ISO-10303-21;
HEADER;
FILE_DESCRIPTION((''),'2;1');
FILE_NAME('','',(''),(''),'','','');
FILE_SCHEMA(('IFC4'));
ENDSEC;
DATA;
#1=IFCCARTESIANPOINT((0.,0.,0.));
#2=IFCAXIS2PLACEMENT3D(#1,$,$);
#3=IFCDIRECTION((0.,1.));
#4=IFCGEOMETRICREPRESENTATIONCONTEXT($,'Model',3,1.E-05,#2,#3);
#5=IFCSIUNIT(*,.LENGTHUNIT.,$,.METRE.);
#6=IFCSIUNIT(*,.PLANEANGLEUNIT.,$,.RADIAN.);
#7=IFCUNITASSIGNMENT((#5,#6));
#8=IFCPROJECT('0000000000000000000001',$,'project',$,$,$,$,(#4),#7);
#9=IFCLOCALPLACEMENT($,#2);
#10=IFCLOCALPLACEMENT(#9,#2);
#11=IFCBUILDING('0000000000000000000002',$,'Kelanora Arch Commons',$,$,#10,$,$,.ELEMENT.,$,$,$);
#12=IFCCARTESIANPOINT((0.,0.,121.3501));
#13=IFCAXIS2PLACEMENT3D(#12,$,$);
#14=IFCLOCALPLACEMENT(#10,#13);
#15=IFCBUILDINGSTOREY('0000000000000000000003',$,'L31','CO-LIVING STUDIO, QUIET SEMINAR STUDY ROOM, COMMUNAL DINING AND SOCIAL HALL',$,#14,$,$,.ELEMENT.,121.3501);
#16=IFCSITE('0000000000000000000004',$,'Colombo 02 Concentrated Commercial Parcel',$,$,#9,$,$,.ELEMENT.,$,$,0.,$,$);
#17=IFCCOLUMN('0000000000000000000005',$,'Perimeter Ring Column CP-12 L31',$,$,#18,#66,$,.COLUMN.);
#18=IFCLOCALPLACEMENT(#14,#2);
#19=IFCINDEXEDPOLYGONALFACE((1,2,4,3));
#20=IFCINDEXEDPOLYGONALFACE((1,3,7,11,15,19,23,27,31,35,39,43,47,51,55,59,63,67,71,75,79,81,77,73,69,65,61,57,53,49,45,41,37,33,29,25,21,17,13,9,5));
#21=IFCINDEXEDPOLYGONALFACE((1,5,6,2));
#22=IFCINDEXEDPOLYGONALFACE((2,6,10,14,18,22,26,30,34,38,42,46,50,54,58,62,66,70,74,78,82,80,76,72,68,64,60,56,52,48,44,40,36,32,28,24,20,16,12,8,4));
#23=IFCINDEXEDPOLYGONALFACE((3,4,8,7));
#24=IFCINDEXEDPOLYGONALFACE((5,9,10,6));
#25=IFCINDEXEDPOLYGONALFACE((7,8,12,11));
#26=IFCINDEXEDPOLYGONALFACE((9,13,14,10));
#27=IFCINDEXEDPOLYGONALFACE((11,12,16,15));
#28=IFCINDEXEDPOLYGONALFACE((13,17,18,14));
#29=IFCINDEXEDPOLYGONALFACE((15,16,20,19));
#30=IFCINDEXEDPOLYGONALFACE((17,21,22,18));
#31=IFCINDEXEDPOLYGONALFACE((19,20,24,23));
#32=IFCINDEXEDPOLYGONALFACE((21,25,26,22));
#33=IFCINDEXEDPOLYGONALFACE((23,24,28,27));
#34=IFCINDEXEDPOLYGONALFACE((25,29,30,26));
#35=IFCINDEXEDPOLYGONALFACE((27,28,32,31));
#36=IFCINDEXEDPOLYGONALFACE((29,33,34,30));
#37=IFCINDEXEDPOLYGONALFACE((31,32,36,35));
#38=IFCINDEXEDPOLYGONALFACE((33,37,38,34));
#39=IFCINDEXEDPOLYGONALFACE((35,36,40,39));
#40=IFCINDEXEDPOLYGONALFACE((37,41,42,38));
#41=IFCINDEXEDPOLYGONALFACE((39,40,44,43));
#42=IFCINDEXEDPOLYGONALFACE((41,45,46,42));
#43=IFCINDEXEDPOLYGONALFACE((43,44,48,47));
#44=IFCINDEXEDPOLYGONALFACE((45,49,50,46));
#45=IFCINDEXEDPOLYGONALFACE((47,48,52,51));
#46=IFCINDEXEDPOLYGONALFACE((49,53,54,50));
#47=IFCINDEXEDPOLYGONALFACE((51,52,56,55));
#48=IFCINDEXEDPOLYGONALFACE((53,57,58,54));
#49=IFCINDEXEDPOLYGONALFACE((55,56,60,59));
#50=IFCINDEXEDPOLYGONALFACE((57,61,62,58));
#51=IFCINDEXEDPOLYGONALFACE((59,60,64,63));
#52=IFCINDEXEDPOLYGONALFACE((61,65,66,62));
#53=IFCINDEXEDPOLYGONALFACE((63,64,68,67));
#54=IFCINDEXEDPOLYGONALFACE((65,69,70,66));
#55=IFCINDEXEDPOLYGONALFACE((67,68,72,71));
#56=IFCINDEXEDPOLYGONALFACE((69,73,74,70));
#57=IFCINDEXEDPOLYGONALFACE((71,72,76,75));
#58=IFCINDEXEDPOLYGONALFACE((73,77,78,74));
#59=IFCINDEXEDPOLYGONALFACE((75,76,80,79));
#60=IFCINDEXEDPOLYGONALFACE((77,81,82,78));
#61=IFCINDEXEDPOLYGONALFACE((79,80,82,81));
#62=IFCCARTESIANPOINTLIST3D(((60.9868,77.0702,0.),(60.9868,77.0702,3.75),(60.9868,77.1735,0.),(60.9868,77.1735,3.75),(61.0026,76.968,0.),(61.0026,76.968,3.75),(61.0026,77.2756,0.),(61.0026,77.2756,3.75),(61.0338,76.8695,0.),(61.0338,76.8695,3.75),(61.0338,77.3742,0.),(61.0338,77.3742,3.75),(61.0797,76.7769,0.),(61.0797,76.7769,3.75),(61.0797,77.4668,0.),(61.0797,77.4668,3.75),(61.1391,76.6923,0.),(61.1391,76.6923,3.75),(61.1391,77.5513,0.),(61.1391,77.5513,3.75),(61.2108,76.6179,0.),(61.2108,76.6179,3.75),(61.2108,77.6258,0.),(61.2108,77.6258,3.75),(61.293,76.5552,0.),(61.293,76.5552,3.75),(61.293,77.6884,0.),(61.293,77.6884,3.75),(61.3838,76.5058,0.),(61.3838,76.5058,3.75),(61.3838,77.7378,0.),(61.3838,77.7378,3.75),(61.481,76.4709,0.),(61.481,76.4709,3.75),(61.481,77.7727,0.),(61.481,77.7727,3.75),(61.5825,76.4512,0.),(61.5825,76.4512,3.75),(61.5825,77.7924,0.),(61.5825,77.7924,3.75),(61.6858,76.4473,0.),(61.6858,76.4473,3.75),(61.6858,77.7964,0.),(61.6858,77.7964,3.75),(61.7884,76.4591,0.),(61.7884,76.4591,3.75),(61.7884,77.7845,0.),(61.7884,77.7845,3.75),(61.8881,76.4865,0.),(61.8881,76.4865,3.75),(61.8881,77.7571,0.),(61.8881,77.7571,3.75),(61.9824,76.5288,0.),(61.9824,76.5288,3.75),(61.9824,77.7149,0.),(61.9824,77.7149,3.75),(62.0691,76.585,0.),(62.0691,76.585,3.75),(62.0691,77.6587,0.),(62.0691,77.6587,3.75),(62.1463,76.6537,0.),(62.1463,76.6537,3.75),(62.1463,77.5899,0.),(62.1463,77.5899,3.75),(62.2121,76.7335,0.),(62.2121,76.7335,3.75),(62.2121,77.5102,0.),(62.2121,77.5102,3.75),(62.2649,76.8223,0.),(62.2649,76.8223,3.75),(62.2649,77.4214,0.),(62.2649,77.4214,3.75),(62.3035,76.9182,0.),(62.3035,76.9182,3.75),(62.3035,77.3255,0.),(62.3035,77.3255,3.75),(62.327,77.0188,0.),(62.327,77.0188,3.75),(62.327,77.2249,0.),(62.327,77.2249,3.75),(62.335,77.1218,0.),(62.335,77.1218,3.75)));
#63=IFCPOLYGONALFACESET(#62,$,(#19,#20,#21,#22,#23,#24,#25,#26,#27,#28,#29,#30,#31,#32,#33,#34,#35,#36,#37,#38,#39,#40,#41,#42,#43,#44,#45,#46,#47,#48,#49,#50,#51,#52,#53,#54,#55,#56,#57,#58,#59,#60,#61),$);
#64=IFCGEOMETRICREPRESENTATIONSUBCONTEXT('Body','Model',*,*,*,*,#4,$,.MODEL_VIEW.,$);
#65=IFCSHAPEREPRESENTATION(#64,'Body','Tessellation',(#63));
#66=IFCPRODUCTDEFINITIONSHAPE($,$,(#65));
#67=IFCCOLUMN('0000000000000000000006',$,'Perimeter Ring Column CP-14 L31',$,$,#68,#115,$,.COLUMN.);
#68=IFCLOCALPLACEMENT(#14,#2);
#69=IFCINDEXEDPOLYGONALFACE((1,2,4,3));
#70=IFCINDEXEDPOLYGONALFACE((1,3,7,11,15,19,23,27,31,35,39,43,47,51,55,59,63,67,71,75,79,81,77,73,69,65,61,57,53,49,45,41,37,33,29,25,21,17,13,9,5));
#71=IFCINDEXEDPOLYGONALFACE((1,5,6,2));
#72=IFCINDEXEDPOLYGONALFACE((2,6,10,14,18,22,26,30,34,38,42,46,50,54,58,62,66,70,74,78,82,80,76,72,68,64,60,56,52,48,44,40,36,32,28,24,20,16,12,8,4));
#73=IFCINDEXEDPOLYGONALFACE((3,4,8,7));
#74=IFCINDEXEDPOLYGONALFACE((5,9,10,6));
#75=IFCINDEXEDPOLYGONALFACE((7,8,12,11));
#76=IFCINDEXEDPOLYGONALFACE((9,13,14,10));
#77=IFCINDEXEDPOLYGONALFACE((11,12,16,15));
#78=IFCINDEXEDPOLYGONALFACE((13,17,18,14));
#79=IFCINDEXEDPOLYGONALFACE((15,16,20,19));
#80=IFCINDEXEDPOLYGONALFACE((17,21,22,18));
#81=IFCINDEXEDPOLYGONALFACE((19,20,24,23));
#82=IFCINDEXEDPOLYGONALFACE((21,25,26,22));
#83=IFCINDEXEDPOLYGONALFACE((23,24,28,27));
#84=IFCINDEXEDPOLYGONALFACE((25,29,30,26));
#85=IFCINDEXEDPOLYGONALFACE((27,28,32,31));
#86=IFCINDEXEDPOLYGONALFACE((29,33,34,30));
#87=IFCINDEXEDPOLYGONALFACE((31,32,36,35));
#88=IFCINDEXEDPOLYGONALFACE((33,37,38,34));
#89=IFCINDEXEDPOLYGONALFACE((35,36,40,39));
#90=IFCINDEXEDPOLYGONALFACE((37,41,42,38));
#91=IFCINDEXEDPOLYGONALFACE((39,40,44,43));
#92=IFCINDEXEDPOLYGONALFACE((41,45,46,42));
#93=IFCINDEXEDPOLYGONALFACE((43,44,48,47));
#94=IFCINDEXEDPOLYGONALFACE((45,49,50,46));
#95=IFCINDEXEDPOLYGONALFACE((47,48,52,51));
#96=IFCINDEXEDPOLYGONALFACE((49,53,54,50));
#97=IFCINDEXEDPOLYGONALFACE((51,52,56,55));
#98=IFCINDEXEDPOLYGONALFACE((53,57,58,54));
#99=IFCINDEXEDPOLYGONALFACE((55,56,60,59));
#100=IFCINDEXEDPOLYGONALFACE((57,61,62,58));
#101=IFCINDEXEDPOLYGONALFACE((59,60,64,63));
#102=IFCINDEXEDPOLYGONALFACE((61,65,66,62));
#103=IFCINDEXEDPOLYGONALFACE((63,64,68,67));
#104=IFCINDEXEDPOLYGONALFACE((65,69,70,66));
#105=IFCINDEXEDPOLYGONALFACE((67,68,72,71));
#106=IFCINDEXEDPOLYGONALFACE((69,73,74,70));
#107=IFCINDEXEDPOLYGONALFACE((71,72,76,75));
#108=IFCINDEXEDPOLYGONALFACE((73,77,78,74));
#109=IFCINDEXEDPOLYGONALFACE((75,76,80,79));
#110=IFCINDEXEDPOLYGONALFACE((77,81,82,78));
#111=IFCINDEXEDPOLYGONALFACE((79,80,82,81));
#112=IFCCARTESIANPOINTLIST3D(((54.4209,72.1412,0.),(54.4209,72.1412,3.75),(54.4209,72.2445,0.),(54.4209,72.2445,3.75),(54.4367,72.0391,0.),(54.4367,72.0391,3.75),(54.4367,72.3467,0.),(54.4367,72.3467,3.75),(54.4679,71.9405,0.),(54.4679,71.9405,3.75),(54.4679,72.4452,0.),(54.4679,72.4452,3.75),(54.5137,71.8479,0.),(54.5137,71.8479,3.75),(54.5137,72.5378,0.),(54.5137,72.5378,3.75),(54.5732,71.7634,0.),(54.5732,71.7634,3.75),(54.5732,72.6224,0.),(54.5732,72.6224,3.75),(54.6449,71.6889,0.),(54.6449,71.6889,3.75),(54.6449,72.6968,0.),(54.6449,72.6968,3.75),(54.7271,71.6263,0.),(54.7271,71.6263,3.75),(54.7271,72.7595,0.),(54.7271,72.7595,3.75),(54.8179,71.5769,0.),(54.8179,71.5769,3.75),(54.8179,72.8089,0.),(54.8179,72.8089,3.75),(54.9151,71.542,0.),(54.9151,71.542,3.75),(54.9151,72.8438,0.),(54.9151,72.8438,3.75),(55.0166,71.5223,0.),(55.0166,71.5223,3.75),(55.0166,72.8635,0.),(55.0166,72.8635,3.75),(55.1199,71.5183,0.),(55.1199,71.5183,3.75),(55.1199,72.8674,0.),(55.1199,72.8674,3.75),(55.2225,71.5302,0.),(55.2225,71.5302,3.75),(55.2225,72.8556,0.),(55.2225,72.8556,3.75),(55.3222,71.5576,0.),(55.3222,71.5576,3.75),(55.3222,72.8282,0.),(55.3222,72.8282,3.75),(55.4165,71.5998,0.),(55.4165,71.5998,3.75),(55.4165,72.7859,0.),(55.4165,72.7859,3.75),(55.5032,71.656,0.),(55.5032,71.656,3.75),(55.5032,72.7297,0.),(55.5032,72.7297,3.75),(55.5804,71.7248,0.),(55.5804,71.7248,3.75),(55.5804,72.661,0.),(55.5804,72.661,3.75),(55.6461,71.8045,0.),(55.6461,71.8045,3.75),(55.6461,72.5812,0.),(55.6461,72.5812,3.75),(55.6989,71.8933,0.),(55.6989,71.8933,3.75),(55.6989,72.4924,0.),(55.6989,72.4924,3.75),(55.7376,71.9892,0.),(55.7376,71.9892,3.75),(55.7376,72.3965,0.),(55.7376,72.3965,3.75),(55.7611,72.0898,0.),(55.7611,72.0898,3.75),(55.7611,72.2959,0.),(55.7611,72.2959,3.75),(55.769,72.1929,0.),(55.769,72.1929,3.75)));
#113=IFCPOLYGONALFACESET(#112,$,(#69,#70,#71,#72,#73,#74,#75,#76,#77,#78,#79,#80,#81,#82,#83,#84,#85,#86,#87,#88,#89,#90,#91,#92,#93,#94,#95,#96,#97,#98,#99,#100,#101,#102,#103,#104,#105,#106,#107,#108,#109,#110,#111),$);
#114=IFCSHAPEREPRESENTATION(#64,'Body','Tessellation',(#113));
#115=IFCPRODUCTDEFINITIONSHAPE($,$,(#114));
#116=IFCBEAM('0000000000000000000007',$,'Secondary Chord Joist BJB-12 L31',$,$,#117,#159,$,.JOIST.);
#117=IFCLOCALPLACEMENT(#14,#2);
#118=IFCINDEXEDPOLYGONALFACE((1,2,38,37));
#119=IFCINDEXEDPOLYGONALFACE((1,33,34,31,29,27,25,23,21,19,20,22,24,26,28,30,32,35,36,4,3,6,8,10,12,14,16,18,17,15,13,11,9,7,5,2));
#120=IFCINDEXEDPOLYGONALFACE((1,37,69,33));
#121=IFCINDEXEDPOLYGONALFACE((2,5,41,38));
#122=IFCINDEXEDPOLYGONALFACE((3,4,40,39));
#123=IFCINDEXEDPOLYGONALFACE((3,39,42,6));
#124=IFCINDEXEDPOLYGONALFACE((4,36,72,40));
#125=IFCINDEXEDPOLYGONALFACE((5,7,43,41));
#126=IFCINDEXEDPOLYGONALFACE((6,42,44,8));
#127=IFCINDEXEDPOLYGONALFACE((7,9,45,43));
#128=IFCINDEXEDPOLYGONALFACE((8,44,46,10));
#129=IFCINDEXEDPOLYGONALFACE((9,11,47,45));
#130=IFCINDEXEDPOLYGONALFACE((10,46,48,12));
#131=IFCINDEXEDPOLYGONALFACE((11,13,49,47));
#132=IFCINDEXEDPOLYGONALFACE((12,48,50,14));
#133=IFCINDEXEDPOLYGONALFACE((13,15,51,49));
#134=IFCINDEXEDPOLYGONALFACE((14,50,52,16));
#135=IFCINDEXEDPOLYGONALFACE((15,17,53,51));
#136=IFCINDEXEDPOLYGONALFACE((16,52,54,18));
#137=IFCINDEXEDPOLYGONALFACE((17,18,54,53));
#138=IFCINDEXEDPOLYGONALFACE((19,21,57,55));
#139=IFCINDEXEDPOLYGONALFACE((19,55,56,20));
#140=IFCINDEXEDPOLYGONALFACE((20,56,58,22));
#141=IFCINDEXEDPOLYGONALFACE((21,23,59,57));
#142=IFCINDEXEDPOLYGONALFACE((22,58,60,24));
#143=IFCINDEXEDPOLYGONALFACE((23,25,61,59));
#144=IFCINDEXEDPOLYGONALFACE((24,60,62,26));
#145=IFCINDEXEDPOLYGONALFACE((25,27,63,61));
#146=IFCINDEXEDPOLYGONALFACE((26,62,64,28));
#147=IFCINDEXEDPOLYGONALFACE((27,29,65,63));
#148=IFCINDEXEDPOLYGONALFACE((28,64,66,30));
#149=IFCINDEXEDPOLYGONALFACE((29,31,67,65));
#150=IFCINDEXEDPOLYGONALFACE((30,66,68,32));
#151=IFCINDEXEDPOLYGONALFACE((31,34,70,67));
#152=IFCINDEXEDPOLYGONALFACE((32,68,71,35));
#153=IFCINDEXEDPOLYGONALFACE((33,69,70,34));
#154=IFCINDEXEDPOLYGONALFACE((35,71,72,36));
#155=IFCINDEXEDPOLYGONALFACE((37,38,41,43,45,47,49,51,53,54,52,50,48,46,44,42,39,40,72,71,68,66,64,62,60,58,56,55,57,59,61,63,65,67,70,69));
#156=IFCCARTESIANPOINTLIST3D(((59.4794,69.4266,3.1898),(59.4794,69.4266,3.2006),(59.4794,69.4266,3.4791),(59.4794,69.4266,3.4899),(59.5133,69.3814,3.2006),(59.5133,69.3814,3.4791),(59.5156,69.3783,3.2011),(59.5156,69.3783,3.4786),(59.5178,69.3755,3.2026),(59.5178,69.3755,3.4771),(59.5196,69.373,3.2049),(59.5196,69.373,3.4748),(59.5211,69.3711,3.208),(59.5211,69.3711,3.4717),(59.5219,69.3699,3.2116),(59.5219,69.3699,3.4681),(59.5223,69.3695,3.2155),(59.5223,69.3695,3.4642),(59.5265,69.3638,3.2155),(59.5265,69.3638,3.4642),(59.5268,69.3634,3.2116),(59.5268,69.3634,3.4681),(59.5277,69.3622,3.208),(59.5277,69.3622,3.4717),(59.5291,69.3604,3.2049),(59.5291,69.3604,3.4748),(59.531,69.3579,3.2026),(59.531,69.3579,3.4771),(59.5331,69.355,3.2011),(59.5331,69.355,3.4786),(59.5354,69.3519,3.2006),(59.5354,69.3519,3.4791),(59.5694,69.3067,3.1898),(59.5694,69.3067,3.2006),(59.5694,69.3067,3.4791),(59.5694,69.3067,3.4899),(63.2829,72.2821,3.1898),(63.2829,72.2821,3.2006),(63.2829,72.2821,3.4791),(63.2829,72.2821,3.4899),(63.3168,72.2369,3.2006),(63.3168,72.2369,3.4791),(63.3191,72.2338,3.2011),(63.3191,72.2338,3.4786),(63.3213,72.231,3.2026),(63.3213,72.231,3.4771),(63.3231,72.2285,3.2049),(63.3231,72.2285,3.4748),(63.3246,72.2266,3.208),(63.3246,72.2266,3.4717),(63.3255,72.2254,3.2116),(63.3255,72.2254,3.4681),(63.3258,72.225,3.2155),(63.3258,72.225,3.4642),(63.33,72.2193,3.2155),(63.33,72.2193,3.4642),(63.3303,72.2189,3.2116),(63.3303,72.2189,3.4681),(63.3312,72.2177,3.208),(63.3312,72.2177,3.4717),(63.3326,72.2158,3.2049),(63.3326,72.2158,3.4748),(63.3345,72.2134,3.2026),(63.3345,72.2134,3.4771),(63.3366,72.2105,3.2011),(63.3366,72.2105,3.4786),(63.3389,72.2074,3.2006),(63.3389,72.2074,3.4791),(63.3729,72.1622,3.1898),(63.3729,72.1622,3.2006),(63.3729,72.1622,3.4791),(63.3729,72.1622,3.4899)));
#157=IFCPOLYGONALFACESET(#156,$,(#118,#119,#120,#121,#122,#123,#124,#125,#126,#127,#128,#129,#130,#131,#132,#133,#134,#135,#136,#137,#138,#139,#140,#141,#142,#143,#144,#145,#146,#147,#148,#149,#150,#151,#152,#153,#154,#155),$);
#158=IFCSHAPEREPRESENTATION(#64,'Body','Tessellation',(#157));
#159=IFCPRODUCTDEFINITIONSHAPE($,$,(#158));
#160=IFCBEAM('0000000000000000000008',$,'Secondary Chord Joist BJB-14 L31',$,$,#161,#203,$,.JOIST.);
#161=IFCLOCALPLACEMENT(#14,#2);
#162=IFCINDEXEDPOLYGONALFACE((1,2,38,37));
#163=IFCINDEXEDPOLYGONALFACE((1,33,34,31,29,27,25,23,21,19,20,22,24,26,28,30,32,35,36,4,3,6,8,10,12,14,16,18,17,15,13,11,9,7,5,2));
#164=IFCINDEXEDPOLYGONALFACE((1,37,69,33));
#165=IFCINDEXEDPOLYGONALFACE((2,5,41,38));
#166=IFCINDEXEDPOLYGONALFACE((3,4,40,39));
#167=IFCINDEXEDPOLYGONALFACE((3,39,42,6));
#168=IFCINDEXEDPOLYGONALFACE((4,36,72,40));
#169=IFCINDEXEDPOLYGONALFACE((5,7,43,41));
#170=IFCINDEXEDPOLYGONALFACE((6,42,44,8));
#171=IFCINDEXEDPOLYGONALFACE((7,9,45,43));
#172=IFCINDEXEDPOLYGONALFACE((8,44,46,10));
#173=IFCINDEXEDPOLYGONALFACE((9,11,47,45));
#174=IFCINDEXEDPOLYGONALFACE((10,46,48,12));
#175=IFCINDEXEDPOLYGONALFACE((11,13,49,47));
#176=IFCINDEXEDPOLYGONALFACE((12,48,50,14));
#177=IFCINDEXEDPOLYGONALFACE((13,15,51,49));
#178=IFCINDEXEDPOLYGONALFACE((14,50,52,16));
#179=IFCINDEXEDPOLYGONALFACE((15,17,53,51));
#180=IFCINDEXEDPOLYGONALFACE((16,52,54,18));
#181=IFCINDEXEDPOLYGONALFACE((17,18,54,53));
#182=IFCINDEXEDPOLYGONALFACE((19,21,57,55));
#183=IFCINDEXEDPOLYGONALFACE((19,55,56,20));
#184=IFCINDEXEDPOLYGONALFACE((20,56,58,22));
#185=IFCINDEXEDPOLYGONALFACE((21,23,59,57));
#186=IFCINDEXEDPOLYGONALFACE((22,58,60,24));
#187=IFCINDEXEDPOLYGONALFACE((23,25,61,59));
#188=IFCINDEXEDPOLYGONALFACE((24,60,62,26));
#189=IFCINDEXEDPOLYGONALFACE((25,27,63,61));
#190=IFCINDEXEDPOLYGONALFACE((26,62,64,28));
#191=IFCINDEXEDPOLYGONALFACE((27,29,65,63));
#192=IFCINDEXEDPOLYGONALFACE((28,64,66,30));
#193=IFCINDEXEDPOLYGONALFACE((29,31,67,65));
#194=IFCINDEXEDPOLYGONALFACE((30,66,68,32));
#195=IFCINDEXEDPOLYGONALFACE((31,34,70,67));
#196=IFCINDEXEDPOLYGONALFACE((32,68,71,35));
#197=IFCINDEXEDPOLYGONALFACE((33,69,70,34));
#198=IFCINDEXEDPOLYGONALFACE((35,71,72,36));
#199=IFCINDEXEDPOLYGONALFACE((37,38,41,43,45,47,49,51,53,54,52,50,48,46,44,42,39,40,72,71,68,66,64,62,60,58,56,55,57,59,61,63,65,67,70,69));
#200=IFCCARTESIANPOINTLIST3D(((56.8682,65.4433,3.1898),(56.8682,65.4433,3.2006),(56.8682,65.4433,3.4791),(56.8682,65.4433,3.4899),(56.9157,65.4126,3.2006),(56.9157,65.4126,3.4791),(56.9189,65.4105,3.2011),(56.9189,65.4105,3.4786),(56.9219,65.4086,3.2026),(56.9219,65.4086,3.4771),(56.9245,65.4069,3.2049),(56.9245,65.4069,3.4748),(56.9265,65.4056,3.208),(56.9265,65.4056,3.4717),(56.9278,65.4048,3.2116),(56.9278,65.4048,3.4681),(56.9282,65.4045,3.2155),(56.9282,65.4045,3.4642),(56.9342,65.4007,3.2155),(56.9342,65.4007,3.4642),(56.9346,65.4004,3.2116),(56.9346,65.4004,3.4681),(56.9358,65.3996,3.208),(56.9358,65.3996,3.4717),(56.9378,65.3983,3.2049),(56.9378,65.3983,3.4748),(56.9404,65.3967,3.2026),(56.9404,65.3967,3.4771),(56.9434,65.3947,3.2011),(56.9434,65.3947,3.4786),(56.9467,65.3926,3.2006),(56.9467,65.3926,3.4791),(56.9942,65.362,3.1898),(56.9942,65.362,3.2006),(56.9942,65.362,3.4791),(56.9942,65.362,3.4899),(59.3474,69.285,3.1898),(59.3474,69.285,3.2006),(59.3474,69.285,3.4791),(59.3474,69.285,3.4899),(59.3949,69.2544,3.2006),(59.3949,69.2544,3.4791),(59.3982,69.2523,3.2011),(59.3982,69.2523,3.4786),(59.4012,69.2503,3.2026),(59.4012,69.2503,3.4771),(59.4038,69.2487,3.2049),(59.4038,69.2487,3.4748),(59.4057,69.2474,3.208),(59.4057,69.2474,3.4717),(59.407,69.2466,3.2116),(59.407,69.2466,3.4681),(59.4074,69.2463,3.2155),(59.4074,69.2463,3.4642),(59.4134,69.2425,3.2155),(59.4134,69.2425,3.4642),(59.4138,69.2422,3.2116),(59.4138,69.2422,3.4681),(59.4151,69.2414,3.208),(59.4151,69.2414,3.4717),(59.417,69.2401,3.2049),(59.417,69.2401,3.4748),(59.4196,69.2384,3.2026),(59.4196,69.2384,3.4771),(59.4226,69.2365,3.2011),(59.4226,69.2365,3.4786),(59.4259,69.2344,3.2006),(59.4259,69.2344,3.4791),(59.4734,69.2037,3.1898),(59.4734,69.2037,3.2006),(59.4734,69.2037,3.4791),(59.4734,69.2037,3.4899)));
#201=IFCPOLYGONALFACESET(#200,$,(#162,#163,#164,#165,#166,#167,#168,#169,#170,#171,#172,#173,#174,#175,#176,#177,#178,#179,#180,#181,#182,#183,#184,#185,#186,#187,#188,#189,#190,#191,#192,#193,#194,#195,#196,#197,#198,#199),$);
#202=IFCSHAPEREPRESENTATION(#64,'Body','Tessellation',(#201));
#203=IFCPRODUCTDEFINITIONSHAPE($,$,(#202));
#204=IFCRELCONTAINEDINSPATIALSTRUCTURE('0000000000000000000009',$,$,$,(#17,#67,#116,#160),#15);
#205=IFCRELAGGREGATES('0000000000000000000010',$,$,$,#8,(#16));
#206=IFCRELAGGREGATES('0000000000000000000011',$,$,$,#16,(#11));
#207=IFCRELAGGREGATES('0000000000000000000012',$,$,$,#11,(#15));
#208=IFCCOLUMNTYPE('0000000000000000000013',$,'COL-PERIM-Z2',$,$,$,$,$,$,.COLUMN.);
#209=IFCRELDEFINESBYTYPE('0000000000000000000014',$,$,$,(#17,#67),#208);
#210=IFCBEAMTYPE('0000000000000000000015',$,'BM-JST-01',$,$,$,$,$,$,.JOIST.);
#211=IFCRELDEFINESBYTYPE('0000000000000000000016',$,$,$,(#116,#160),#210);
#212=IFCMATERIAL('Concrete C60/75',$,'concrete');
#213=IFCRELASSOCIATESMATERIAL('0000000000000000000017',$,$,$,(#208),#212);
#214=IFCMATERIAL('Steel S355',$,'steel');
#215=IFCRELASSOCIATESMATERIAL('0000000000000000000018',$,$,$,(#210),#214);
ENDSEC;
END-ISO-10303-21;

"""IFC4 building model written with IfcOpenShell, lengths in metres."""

from ifc_helpers import new_model, si_unit, direction, frame, origin, origin_2d, place, context, subcontext, project, spatial, circle, i_section, extrude, material, material_profile, profile_set, type_object, element, save


model = new_model("IFC4")

# Units and contexts
model_context = context("Model", 3, precision=1e-05, world=origin(), true_north=direction((0.0, 1.0)))
body_context = subcontext(model_context, "Body", "Model", "MODEL_VIEW")
ifc_project = project(units=[si_unit("LENGTHUNIT", "METRE"), si_unit("PLANEANGLEUNIT", "RADIAN")], contexts=[model_context])

# Site, building, storey
site_placement = place(None, origin())
site = spatial("IfcSite", under=ifc_project, at=site_placement, Name="Colombo 02 Concentrated Commercial Parcel", CompositionType="ELEMENT", RefElevation=0.0)
building_placement = place(site_placement, origin())
building = spatial("IfcBuilding", under=site, at=building_placement, Name="Kelanora Arch Commons", CompositionType="ELEMENT")
storey_placement = place(building_placement, frame((0.0, 0.0, 121.3501)))
storey = spatial("IfcBuildingStorey", under=building, at=storey_placement, Name="L31", Description="CO-LIVING STUDIO, QUIET SEMINAR STUDY ROOM, COMMUNAL DINING AND SOCIAL HALL", CompositionType="ELEMENT", Elevation=121.3501)

# Columns
ifc_material_1 = material(Name="Concrete C60/75", Category="concrete")
ifc_material_profile_1 = material_profile(ifc_material_1, circle(Radius=0.675, at=origin_2d()), Name="RCC1350")
ifc_profile_set_1 = profile_set([ifc_material_profile_1], Name="Concrete C60/75")
column_type = type_object("IfcColumnType", Name="COL-PERIM-Z2", PredefinedType="COLUMN", material=ifc_profile_set_1)
for number, where, z_axis, x_axis, name in (
    (1, (61.6599, 77.1218, 0.0), (0.0, 0.0, 1.0), (1.0, 0.0, 0.0), "Perimeter Ring Column CP-12 L31"),
    (2, (55.094, 72.1929, 0.0), (0.0, 0.0, 1.0), (1.0, 0.0, 0.0), "Perimeter Ring Column CP-14 L31"),
):
    element("IfcColumn", number, at=place(storey_placement, frame(where, z_axis=z_axis, x_axis=x_axis)), inside=storey, type_object=column_type, Name=name, PredefinedType="COLUMN", context=body_context, shape_type="SweptSolid", body=[
        extrude(circle(Radius=0.675, at=origin_2d()), origin(), (0.0, 0.0, 1.0), 3.75),
    ])

# Beams
ifc_material_2 = material(Name="Steel S355", Category="steel")
ifc_material_profile_2 = material_profile(ifc_material_2, i_section(OverallWidth=0.1499, OverallDepth=0.3, WebThickness=0.0071, FlangeThickness=0.0107, FilletRadius=0.0149, at=origin_2d()), Name="IPE300")
ifc_profile_set_2 = profile_set([ifc_material_profile_2], Name="Steel S355")
beam_type_1 = type_object("IfcBeamType", Name="BM-JST-01", PredefinedType="JOIST", material=ifc_profile_set_2)
beam_1_placement = place(storey_placement, frame((63.3279, 72.2222, 3.3398), z_axis=(-0.79971, -0.600386, 0.0), x_axis=(0.600386, -0.79971, 0.0)))
element("IfcBeam", 3, at=beam_1_placement, inside=storey, type_object=beam_type_1, Name="Secondary Chord Joist BJB-12 L31", PredefinedType="JOIST", context=body_context, shape_type="SweptSolid", body=[
    extrude(i_section(OverallWidth=0.1499, OverallDepth=0.3, WebThickness=0.0071, FlangeThickness=0.0107, FilletRadius=0.0149, at=origin_2d()), origin(), (0.0, 0.0, 1.0), 4.7561),
])
beam_2_placement = place(storey_placement, frame((59.4104, 69.2444, 3.3398), z_axis=(-0.54223, -0.84023, 0.0), x_axis=(0.84023, -0.54223, 0.0)))
element("IfcBeam", 4, at=beam_2_placement, inside=storey, type_object=beam_type_1, Name="Secondary Chord Joist BJB-14 L31", PredefinedType="JOIST", context=body_context, shape_type="SweptSolid", body=[
    extrude(i_section(OverallWidth=0.1499, OverallDepth=0.3, WebThickness=0.0071, FlangeThickness=0.0107, FilletRadius=0.0149, at=origin_2d()), origin(), (0.0, 0.0, 1.0), 4.5723),
])

save(model, "model.ifc")
